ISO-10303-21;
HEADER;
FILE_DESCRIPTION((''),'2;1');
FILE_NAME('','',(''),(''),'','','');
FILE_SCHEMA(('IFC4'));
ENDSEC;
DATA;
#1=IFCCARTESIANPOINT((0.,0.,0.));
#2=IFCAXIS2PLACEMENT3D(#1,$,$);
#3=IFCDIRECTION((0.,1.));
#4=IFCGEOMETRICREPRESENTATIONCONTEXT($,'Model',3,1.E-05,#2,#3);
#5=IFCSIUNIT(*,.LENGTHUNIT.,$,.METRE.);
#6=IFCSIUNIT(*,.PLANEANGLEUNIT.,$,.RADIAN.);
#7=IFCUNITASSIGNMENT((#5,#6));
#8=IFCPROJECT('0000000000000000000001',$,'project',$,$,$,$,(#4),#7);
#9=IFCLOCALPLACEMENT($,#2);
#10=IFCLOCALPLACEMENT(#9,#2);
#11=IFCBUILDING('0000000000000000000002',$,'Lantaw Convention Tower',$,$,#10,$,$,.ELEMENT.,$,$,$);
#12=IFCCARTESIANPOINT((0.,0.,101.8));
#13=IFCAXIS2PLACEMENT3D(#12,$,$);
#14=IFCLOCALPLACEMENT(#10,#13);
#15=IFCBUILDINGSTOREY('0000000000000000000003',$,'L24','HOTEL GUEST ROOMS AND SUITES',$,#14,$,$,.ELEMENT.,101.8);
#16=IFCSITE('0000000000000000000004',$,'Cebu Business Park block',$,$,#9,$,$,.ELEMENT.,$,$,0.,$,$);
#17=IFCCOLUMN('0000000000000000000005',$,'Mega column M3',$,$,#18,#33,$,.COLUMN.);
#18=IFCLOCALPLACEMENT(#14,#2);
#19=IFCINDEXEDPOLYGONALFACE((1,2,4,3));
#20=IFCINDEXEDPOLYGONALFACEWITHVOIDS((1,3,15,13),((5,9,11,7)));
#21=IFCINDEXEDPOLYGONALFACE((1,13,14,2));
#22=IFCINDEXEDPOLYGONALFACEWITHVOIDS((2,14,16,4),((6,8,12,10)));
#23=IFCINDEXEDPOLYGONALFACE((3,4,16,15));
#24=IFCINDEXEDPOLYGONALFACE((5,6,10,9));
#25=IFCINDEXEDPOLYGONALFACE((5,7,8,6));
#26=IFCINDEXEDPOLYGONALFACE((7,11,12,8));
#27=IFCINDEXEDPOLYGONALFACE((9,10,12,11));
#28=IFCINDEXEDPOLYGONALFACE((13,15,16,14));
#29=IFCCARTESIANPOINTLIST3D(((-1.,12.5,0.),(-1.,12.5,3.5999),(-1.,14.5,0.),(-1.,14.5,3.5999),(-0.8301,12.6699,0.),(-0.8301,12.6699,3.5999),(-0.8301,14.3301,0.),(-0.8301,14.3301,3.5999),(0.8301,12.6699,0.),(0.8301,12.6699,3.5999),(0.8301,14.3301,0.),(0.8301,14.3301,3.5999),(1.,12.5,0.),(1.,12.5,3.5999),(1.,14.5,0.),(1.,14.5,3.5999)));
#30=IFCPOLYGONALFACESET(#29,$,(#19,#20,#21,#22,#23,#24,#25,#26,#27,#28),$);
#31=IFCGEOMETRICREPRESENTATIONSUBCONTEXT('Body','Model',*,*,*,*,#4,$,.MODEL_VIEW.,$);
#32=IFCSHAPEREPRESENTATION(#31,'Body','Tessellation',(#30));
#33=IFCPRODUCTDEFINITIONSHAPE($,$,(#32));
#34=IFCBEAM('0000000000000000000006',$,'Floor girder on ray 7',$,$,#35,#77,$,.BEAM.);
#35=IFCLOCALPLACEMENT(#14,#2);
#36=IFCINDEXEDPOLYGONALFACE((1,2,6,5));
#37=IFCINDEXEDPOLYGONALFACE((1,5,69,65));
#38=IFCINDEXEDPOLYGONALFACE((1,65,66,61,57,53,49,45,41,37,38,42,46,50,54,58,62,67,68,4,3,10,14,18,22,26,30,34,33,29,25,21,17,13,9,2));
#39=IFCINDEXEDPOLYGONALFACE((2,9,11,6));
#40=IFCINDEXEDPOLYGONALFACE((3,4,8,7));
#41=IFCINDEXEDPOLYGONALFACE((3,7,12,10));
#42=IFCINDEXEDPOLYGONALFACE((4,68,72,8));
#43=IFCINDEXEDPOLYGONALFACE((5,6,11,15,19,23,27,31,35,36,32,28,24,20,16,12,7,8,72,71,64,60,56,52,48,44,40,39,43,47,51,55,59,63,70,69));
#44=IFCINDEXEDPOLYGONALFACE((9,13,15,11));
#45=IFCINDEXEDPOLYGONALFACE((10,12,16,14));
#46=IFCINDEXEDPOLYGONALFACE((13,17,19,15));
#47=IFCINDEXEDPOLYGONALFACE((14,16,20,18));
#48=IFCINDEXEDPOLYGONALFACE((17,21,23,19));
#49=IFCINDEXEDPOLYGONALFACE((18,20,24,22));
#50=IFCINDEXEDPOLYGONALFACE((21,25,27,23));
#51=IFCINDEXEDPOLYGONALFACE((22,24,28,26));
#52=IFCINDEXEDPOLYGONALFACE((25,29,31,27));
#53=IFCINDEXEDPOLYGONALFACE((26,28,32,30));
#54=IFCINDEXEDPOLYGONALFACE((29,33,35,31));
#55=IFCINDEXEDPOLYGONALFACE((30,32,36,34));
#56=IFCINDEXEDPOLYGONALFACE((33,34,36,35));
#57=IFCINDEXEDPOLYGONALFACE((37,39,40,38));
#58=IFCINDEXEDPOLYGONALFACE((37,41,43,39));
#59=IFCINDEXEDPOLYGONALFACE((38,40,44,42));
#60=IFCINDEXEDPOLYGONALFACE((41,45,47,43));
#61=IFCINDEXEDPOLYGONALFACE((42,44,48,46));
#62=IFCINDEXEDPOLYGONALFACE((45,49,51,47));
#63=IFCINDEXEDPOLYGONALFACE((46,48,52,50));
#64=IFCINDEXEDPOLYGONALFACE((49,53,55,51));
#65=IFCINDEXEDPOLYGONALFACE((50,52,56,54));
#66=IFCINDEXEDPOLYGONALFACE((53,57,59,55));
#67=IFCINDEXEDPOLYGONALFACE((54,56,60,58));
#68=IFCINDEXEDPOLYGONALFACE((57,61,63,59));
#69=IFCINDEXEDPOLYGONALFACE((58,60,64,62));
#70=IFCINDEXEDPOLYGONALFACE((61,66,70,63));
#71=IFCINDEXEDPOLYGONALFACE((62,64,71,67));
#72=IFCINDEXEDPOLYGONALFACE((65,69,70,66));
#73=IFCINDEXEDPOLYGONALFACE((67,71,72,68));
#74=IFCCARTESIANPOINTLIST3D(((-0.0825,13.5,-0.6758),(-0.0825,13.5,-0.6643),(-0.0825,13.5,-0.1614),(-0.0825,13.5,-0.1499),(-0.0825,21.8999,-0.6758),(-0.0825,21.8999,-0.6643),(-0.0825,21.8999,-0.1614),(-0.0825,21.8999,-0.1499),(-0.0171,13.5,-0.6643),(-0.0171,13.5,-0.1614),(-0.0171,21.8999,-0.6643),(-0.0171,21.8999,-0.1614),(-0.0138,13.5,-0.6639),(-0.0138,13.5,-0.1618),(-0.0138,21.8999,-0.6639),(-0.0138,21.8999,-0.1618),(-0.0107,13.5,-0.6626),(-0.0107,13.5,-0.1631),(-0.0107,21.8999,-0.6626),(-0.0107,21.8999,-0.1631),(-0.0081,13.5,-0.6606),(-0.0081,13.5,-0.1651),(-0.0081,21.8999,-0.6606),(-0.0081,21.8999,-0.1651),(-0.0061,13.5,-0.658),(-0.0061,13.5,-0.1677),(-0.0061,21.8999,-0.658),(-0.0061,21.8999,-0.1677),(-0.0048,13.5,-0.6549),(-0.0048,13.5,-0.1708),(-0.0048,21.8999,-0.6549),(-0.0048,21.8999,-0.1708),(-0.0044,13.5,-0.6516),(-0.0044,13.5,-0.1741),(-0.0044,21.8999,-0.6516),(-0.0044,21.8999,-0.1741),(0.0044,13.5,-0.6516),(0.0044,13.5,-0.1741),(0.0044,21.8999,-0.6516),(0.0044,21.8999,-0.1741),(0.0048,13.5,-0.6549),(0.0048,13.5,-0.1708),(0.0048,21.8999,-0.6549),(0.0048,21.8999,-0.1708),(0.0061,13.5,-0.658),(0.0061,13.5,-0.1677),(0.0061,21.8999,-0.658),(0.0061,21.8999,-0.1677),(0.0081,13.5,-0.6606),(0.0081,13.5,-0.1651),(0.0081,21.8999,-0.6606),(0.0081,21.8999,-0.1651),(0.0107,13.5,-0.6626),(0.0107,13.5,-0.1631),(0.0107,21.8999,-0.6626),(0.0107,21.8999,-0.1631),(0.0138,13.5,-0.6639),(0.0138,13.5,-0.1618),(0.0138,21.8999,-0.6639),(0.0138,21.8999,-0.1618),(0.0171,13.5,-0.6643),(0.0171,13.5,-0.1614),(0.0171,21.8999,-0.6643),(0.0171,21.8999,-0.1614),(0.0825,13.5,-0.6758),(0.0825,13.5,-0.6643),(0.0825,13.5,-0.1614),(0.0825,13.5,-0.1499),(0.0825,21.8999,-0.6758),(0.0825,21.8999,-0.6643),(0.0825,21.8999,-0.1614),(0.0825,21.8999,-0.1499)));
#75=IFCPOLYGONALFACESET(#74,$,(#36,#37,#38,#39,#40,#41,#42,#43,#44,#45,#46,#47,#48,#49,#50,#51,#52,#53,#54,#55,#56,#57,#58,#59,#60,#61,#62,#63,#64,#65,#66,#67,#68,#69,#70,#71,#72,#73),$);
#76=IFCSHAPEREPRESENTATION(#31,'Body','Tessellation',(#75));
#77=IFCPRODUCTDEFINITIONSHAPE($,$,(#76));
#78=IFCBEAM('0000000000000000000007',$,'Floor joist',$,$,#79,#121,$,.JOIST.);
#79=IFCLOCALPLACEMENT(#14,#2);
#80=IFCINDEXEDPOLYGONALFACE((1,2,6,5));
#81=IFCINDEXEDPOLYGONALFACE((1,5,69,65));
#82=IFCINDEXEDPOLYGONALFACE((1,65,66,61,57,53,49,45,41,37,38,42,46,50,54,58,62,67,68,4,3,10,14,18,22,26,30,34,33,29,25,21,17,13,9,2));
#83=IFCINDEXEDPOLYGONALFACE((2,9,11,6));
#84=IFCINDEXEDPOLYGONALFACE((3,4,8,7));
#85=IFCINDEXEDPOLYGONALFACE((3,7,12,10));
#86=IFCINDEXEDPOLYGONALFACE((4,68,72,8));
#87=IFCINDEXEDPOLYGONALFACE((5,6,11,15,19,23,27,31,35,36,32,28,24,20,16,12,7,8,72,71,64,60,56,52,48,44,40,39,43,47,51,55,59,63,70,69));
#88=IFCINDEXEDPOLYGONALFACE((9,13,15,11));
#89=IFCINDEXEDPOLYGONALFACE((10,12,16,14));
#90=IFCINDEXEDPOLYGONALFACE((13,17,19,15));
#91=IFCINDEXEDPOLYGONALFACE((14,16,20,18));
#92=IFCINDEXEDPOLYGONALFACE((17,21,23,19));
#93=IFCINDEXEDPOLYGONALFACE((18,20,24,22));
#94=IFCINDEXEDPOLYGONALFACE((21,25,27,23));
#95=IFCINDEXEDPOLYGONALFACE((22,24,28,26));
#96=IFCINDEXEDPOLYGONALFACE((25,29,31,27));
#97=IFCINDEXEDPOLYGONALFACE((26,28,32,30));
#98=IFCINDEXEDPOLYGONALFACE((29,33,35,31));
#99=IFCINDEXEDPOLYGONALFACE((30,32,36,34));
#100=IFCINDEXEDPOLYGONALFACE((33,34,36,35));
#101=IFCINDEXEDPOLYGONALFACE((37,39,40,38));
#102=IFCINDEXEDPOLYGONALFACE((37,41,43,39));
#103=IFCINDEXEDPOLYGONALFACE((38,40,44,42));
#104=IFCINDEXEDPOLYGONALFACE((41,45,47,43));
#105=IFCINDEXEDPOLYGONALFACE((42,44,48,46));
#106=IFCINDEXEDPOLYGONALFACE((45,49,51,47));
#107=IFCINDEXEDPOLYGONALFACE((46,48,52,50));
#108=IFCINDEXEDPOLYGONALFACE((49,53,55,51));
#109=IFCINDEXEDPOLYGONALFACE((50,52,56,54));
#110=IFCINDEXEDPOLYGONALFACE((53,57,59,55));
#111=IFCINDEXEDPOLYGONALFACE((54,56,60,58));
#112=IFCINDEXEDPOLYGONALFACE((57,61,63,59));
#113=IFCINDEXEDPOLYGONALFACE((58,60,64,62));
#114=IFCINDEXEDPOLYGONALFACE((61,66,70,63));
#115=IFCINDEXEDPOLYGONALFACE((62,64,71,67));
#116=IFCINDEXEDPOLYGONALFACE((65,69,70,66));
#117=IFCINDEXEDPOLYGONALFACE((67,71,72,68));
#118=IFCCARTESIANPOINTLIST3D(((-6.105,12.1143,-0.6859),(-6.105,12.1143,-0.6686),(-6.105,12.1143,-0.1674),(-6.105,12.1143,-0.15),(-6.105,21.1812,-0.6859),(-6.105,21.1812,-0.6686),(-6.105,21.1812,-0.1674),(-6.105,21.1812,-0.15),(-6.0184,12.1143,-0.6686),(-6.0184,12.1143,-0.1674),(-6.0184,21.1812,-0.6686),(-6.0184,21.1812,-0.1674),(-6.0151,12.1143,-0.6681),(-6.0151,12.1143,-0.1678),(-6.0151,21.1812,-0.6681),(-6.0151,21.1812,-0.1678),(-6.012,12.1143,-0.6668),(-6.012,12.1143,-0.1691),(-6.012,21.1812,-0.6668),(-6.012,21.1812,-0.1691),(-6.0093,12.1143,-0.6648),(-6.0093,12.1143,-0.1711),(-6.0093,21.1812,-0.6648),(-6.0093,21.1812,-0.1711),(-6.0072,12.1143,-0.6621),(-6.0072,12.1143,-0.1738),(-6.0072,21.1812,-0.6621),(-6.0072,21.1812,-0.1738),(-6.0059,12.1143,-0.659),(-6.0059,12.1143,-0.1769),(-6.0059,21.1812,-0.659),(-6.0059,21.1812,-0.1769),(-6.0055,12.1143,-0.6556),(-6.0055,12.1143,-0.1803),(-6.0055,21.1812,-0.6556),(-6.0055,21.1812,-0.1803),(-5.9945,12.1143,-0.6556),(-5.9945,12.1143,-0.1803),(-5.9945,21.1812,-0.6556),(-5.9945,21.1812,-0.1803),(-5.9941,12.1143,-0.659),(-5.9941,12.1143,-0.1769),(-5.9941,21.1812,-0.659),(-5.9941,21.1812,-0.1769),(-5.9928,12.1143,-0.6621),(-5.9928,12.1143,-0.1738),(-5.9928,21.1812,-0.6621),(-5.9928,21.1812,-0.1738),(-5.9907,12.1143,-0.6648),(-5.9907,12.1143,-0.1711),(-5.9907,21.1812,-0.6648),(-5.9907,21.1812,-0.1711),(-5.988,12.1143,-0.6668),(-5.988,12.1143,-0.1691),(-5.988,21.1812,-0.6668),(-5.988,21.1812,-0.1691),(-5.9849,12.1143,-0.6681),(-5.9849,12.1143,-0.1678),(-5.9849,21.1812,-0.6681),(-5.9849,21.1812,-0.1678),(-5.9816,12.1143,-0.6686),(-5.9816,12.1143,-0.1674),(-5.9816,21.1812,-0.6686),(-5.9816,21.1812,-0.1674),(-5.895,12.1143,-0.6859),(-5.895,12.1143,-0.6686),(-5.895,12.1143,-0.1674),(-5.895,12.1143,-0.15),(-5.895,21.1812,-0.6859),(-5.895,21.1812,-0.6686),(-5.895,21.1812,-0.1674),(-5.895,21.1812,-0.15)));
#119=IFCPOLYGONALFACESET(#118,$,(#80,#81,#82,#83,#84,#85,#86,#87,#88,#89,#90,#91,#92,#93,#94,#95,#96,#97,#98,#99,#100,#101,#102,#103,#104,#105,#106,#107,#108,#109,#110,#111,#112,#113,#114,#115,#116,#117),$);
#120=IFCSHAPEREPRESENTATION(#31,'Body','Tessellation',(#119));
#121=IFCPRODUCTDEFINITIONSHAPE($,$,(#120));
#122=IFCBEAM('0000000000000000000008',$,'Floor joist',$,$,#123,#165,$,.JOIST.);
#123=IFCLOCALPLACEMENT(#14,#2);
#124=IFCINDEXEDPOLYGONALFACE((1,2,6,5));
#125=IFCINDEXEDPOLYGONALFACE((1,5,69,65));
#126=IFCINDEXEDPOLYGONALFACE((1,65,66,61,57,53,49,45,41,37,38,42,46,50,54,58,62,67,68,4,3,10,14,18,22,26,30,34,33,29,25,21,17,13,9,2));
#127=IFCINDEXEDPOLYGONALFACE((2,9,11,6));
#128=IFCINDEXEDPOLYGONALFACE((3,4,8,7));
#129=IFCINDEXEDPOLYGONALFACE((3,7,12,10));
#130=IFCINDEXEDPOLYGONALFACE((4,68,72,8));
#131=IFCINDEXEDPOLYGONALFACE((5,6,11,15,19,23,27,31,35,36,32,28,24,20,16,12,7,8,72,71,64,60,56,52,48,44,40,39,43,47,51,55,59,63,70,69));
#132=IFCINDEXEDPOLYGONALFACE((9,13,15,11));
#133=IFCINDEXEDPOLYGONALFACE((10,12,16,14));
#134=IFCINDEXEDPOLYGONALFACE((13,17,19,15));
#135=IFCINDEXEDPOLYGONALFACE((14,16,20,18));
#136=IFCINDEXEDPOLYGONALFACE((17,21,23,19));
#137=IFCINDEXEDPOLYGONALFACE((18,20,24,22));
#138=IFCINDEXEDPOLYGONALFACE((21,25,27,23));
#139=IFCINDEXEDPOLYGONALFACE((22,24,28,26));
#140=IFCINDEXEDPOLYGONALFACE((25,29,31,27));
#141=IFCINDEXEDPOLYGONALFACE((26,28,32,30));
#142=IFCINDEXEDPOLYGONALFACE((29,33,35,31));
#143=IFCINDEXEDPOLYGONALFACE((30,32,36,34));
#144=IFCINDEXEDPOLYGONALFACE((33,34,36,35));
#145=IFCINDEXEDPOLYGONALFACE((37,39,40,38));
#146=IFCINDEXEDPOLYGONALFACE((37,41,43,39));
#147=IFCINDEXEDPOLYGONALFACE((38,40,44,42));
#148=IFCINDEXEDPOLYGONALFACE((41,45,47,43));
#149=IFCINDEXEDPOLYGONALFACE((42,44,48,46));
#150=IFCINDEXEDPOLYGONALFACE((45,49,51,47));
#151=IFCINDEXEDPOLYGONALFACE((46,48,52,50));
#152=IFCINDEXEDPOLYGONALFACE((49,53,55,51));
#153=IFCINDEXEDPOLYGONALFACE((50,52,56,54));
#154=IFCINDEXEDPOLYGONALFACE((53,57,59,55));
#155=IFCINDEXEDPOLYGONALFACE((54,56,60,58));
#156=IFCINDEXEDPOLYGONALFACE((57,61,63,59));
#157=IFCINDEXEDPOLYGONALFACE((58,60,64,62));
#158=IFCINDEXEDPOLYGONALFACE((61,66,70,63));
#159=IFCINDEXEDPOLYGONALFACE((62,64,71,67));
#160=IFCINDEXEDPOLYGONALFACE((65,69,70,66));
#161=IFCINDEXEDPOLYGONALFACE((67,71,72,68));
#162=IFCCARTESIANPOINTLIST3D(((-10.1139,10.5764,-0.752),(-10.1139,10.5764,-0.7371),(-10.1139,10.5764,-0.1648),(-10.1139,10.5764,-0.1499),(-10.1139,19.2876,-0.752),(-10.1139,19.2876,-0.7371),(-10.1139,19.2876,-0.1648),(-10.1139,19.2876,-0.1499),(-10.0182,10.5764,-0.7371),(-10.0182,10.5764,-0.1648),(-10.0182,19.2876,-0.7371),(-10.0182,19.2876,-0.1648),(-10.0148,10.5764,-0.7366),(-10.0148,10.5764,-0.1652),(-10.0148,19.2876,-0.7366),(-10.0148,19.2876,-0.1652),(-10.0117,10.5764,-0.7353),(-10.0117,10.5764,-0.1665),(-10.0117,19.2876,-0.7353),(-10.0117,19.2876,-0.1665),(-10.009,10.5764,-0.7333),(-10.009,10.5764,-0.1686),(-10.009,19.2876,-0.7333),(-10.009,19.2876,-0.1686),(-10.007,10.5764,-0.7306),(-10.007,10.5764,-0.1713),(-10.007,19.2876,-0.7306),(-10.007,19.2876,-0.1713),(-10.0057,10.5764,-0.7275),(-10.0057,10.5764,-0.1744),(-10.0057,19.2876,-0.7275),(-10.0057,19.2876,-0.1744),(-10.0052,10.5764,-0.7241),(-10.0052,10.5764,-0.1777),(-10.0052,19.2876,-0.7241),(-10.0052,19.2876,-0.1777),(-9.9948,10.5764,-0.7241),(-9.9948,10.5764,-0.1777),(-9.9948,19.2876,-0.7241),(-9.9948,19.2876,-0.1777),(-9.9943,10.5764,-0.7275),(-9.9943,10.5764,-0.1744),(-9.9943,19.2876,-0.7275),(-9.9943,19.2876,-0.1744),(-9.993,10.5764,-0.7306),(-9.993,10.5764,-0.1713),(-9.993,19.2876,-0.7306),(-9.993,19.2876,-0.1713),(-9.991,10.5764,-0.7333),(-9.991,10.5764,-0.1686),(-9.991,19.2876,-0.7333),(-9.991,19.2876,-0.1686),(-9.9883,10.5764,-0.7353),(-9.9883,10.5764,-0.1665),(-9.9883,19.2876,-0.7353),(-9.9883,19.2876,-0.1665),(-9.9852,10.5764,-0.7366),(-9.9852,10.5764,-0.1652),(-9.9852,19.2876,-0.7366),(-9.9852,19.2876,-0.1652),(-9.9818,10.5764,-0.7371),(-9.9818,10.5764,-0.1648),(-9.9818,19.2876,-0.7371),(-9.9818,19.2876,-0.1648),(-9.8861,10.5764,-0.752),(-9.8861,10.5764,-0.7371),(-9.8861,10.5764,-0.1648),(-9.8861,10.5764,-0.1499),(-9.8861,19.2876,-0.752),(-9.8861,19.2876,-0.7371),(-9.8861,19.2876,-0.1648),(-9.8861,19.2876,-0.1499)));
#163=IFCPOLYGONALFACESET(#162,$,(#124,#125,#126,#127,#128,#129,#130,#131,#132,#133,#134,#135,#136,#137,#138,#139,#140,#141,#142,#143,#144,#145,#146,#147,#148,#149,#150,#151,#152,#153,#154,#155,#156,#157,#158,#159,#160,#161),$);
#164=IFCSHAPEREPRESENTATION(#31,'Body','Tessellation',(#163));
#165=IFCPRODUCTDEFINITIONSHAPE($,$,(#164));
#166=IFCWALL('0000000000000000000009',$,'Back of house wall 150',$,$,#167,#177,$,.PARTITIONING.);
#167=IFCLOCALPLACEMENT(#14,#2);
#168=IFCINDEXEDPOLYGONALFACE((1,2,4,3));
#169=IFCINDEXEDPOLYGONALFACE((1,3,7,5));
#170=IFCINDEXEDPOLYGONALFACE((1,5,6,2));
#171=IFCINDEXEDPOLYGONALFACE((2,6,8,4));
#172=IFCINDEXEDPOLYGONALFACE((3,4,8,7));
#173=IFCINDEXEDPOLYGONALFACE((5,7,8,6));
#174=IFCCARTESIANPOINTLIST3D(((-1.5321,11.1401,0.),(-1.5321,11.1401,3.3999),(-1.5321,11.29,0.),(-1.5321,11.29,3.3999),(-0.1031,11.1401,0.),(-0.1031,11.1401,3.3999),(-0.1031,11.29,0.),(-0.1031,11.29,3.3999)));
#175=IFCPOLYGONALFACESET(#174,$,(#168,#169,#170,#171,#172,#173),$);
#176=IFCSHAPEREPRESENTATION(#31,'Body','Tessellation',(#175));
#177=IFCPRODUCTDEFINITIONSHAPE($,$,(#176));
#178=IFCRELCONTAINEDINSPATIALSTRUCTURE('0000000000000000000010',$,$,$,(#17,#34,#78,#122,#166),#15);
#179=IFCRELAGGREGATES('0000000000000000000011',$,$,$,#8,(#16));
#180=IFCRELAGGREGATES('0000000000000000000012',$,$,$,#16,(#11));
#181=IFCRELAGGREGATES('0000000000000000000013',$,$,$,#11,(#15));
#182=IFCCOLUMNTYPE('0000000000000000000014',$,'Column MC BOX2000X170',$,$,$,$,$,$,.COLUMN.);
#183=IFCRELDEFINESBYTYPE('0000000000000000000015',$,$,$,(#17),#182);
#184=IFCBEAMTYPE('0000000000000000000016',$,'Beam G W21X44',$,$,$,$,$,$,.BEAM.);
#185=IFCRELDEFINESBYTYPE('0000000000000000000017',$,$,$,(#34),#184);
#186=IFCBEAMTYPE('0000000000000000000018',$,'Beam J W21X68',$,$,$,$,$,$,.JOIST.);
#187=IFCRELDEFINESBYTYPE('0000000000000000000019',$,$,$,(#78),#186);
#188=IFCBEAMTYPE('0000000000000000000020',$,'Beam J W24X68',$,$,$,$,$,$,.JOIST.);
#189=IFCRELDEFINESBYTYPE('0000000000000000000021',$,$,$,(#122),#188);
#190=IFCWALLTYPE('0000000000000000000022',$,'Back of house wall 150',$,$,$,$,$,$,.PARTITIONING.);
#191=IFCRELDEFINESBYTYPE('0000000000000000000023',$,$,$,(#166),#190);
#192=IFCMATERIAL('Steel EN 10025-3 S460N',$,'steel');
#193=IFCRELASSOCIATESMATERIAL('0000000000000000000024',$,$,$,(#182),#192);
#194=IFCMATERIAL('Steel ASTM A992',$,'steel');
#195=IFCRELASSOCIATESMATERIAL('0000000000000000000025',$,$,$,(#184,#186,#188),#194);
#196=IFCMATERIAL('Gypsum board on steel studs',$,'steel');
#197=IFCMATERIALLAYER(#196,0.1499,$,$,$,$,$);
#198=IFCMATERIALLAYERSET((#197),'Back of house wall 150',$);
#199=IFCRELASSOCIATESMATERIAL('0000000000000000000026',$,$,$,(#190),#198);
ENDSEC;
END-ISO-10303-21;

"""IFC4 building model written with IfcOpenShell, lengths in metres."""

from ifc_helpers import new_model, si_unit, direction, frame, frame_2d, origin, origin_2d, place, context, subcontext, project, spatial, rectangle, hollow_rectangle, i_section, extrude, material, layer, layer_set, material_profile, profile_set, type_object, element, save


model = new_model("IFC4")

# Units and contexts
model_context = context("Model", 3, precision=1e-05, world=origin(), true_north=direction((0.0, 1.0)))
body_context = subcontext(model_context, "Body", "Model", "MODEL_VIEW")
ifc_project = project(units=[si_unit("LENGTHUNIT", "METRE"), si_unit("PLANEANGLEUNIT", "RADIAN")], contexts=[model_context])

# Site, building, storey
site_placement = place(None, origin())
site = spatial("IfcSite", under=ifc_project, at=site_placement, Name="Cebu Business Park block", CompositionType="ELEMENT", RefElevation=0.0)
building_placement = place(site_placement, origin())
building = spatial("IfcBuilding", under=site, at=building_placement, Name="Lantaw Convention Tower", CompositionType="ELEMENT")
storey_placement = place(building_placement, frame((0.0, 0.0, 101.8)))
storey = spatial("IfcBuildingStorey", under=building, at=storey_placement, Name="L24", Description="HOTEL GUEST ROOMS AND SUITES", CompositionType="ELEMENT", Elevation=101.8)

# Column
ifc_material_1 = material(Name="Steel EN 10025-3 S460N", Category="steel")
ifc_material_profile_1 = material_profile(ifc_material_1, hollow_rectangle(XDim=2.0, YDim=2.0, WallThickness=0.1699, at=origin_2d()), Name="BOX2000X170")
ifc_material_2 = material(Name="Concrete C60/75", Category="concrete")
ifc_material_profile_2 = material_profile(ifc_material_2, rectangle(XDim=1.6599, YDim=1.6599, at=origin_2d()), Name="Concrete fill of BOX2000X170")
ifc_profile_set_1 = profile_set([ifc_material_profile_1, ifc_material_profile_2], Name="Steel EN 10025-3 S460N")
column_type = type_object("IfcColumnType", Name="Column MC BOX2000X170", PredefinedType="COLUMN", material=ifc_profile_set_1)
column_placement = place(storey_placement, frame((0.0, 13.5, 0.0), z_axis=(0.0, 0.0, 1.0), x_axis=(1.0, 0.0, 0.0)))
element("IfcColumn", 1, at=column_placement, inside=storey, type_object=column_type, Name="Mega column M3", PredefinedType="COLUMN", context=body_context, shape_type="SweptSolid", body=[
    extrude(hollow_rectangle(XDim=2.0, YDim=2.0, WallThickness=0.1699, at=origin_2d()), origin(), (0.0, 0.0, 1.0), 3.5999),
])

# Beams
ifc_material_3 = material(Name="Steel ASTM A992", Category="steel")
ifc_material_profile_3 = material_profile(ifc_material_3, i_section(OverallWidth=0.165, OverallDepth=0.5259, WebThickness=0.0088, FlangeThickness=0.0115, FilletRadius=0.0127, at=origin_2d()), Name="W21X44")
ifc_profile_set_2 = profile_set([ifc_material_profile_3], Name="Steel ASTM A992")
beam_type_1 = type_object("IfcBeamType", Name="Beam G W21X44", PredefinedType="BEAM", material=ifc_profile_set_2)
beam_1_placement = place(storey_placement, frame((0.0, 13.5, -0.4128), z_axis=(0.0, 1.0, 0.0), x_axis=(-1.0, 0.0, 0.0)))
element("IfcBeam", 2, at=beam_1_placement, inside=storey, type_object=beam_type_1, Name="Floor girder on ray 7", PredefinedType="BEAM", context=body_context, shape_type="SweptSolid", body=[
    extrude(i_section(OverallWidth=0.165, OverallDepth=0.5259, WebThickness=0.0088, FlangeThickness=0.0115, FilletRadius=0.0127, at=origin_2d()), origin(), (0.0, 0.0, 1.0), 8.3999),
])
ifc_material_profile_4 = material_profile(ifc_material_3, i_section(OverallWidth=0.21, OverallDepth=0.5359, WebThickness=0.011, FlangeThickness=0.0173, FilletRadius=0.0129, at=origin_2d()), Name="W21X68")
ifc_profile_set_3 = profile_set([ifc_material_profile_4], Name="Steel ASTM A992")
beam_type_2 = type_object("IfcBeamType", Name="Beam J W21X68", PredefinedType="JOIST", material=ifc_profile_set_3)
beam_2_placement = place(storey_placement, frame((-6.0, 12.1143, -0.418), z_axis=(0.0, 1.0, 0.0), x_axis=(-1.0, 0.0, 0.0)))
element("IfcBeam", 3, at=beam_2_placement, inside=storey, type_object=beam_type_2, Name="Floor joist", PredefinedType="JOIST", context=body_context, shape_type="SweptSolid", body=[
    extrude(i_section(OverallWidth=0.21, OverallDepth=0.5359, WebThickness=0.011, FlangeThickness=0.0173, FilletRadius=0.0129, at=origin_2d()), origin(), (0.0, 0.0, 1.0), 9.0669),
])
ifc_material_profile_5 = material_profile(ifc_material_3, i_section(OverallWidth=0.2278, OverallDepth=0.6021, WebThickness=0.0105, FlangeThickness=0.0149, FilletRadius=0.0129, at=origin_2d()), Name="W24X68")
ifc_profile_set_4 = profile_set([ifc_material_profile_5], Name="Steel ASTM A992")
beam_type_3 = type_object("IfcBeamType", Name="Beam J W24X68", PredefinedType="JOIST", material=ifc_profile_set_4)
beam_3_placement = place(storey_placement, frame((-10.0, 10.5764, -0.4509), z_axis=(0.0, 1.0, 0.0), x_axis=(-1.0, 0.0, 0.0)))
element("IfcBeam", 4, at=beam_3_placement, inside=storey, type_object=beam_type_3, Name="Floor joist", PredefinedType="JOIST", context=body_context, shape_type="SweptSolid", body=[
    extrude(i_section(OverallWidth=0.2278, OverallDepth=0.6021, WebThickness=0.0105, FlangeThickness=0.0149, FilletRadius=0.0129, at=origin_2d()), origin(), (0.0, 0.0, 1.0), 8.7112),
])

# Wall
ifc_material_4 = material(Name="Gypsum board on steel studs", Category="steel")
ifc_layer_1 = layer(ifc_material_4, 0.1499)
ifc_layer_set_1 = layer_set([ifc_layer_1], Name="Back of house wall 150")
wall_type_1 = type_object("IfcWallType", Name="Back of house wall 150", PredefinedType="PARTITIONING", material=ifc_layer_set_1)
wall_1_placement = place(storey_placement, frame((-0.1033, 11.2151, 0.0), z_axis=(0.0, 0.0, 1.0), x_axis=(-1.0, 0.0, 0.0)))
element("IfcWall", 5, at=wall_1_placement, inside=storey, type_object=wall_type_1, Name="Back of house wall 150", PredefinedType="PARTITIONING", context=body_context, shape_type="SweptSolid", body=[
    extrude(rectangle(XDim=1.429, YDim=0.1499, at=frame_2d((0.7144, 0.0))), origin(), (0.0, 0.0, 1.0), 3.3999),
])

save(model, "model.ifc")
